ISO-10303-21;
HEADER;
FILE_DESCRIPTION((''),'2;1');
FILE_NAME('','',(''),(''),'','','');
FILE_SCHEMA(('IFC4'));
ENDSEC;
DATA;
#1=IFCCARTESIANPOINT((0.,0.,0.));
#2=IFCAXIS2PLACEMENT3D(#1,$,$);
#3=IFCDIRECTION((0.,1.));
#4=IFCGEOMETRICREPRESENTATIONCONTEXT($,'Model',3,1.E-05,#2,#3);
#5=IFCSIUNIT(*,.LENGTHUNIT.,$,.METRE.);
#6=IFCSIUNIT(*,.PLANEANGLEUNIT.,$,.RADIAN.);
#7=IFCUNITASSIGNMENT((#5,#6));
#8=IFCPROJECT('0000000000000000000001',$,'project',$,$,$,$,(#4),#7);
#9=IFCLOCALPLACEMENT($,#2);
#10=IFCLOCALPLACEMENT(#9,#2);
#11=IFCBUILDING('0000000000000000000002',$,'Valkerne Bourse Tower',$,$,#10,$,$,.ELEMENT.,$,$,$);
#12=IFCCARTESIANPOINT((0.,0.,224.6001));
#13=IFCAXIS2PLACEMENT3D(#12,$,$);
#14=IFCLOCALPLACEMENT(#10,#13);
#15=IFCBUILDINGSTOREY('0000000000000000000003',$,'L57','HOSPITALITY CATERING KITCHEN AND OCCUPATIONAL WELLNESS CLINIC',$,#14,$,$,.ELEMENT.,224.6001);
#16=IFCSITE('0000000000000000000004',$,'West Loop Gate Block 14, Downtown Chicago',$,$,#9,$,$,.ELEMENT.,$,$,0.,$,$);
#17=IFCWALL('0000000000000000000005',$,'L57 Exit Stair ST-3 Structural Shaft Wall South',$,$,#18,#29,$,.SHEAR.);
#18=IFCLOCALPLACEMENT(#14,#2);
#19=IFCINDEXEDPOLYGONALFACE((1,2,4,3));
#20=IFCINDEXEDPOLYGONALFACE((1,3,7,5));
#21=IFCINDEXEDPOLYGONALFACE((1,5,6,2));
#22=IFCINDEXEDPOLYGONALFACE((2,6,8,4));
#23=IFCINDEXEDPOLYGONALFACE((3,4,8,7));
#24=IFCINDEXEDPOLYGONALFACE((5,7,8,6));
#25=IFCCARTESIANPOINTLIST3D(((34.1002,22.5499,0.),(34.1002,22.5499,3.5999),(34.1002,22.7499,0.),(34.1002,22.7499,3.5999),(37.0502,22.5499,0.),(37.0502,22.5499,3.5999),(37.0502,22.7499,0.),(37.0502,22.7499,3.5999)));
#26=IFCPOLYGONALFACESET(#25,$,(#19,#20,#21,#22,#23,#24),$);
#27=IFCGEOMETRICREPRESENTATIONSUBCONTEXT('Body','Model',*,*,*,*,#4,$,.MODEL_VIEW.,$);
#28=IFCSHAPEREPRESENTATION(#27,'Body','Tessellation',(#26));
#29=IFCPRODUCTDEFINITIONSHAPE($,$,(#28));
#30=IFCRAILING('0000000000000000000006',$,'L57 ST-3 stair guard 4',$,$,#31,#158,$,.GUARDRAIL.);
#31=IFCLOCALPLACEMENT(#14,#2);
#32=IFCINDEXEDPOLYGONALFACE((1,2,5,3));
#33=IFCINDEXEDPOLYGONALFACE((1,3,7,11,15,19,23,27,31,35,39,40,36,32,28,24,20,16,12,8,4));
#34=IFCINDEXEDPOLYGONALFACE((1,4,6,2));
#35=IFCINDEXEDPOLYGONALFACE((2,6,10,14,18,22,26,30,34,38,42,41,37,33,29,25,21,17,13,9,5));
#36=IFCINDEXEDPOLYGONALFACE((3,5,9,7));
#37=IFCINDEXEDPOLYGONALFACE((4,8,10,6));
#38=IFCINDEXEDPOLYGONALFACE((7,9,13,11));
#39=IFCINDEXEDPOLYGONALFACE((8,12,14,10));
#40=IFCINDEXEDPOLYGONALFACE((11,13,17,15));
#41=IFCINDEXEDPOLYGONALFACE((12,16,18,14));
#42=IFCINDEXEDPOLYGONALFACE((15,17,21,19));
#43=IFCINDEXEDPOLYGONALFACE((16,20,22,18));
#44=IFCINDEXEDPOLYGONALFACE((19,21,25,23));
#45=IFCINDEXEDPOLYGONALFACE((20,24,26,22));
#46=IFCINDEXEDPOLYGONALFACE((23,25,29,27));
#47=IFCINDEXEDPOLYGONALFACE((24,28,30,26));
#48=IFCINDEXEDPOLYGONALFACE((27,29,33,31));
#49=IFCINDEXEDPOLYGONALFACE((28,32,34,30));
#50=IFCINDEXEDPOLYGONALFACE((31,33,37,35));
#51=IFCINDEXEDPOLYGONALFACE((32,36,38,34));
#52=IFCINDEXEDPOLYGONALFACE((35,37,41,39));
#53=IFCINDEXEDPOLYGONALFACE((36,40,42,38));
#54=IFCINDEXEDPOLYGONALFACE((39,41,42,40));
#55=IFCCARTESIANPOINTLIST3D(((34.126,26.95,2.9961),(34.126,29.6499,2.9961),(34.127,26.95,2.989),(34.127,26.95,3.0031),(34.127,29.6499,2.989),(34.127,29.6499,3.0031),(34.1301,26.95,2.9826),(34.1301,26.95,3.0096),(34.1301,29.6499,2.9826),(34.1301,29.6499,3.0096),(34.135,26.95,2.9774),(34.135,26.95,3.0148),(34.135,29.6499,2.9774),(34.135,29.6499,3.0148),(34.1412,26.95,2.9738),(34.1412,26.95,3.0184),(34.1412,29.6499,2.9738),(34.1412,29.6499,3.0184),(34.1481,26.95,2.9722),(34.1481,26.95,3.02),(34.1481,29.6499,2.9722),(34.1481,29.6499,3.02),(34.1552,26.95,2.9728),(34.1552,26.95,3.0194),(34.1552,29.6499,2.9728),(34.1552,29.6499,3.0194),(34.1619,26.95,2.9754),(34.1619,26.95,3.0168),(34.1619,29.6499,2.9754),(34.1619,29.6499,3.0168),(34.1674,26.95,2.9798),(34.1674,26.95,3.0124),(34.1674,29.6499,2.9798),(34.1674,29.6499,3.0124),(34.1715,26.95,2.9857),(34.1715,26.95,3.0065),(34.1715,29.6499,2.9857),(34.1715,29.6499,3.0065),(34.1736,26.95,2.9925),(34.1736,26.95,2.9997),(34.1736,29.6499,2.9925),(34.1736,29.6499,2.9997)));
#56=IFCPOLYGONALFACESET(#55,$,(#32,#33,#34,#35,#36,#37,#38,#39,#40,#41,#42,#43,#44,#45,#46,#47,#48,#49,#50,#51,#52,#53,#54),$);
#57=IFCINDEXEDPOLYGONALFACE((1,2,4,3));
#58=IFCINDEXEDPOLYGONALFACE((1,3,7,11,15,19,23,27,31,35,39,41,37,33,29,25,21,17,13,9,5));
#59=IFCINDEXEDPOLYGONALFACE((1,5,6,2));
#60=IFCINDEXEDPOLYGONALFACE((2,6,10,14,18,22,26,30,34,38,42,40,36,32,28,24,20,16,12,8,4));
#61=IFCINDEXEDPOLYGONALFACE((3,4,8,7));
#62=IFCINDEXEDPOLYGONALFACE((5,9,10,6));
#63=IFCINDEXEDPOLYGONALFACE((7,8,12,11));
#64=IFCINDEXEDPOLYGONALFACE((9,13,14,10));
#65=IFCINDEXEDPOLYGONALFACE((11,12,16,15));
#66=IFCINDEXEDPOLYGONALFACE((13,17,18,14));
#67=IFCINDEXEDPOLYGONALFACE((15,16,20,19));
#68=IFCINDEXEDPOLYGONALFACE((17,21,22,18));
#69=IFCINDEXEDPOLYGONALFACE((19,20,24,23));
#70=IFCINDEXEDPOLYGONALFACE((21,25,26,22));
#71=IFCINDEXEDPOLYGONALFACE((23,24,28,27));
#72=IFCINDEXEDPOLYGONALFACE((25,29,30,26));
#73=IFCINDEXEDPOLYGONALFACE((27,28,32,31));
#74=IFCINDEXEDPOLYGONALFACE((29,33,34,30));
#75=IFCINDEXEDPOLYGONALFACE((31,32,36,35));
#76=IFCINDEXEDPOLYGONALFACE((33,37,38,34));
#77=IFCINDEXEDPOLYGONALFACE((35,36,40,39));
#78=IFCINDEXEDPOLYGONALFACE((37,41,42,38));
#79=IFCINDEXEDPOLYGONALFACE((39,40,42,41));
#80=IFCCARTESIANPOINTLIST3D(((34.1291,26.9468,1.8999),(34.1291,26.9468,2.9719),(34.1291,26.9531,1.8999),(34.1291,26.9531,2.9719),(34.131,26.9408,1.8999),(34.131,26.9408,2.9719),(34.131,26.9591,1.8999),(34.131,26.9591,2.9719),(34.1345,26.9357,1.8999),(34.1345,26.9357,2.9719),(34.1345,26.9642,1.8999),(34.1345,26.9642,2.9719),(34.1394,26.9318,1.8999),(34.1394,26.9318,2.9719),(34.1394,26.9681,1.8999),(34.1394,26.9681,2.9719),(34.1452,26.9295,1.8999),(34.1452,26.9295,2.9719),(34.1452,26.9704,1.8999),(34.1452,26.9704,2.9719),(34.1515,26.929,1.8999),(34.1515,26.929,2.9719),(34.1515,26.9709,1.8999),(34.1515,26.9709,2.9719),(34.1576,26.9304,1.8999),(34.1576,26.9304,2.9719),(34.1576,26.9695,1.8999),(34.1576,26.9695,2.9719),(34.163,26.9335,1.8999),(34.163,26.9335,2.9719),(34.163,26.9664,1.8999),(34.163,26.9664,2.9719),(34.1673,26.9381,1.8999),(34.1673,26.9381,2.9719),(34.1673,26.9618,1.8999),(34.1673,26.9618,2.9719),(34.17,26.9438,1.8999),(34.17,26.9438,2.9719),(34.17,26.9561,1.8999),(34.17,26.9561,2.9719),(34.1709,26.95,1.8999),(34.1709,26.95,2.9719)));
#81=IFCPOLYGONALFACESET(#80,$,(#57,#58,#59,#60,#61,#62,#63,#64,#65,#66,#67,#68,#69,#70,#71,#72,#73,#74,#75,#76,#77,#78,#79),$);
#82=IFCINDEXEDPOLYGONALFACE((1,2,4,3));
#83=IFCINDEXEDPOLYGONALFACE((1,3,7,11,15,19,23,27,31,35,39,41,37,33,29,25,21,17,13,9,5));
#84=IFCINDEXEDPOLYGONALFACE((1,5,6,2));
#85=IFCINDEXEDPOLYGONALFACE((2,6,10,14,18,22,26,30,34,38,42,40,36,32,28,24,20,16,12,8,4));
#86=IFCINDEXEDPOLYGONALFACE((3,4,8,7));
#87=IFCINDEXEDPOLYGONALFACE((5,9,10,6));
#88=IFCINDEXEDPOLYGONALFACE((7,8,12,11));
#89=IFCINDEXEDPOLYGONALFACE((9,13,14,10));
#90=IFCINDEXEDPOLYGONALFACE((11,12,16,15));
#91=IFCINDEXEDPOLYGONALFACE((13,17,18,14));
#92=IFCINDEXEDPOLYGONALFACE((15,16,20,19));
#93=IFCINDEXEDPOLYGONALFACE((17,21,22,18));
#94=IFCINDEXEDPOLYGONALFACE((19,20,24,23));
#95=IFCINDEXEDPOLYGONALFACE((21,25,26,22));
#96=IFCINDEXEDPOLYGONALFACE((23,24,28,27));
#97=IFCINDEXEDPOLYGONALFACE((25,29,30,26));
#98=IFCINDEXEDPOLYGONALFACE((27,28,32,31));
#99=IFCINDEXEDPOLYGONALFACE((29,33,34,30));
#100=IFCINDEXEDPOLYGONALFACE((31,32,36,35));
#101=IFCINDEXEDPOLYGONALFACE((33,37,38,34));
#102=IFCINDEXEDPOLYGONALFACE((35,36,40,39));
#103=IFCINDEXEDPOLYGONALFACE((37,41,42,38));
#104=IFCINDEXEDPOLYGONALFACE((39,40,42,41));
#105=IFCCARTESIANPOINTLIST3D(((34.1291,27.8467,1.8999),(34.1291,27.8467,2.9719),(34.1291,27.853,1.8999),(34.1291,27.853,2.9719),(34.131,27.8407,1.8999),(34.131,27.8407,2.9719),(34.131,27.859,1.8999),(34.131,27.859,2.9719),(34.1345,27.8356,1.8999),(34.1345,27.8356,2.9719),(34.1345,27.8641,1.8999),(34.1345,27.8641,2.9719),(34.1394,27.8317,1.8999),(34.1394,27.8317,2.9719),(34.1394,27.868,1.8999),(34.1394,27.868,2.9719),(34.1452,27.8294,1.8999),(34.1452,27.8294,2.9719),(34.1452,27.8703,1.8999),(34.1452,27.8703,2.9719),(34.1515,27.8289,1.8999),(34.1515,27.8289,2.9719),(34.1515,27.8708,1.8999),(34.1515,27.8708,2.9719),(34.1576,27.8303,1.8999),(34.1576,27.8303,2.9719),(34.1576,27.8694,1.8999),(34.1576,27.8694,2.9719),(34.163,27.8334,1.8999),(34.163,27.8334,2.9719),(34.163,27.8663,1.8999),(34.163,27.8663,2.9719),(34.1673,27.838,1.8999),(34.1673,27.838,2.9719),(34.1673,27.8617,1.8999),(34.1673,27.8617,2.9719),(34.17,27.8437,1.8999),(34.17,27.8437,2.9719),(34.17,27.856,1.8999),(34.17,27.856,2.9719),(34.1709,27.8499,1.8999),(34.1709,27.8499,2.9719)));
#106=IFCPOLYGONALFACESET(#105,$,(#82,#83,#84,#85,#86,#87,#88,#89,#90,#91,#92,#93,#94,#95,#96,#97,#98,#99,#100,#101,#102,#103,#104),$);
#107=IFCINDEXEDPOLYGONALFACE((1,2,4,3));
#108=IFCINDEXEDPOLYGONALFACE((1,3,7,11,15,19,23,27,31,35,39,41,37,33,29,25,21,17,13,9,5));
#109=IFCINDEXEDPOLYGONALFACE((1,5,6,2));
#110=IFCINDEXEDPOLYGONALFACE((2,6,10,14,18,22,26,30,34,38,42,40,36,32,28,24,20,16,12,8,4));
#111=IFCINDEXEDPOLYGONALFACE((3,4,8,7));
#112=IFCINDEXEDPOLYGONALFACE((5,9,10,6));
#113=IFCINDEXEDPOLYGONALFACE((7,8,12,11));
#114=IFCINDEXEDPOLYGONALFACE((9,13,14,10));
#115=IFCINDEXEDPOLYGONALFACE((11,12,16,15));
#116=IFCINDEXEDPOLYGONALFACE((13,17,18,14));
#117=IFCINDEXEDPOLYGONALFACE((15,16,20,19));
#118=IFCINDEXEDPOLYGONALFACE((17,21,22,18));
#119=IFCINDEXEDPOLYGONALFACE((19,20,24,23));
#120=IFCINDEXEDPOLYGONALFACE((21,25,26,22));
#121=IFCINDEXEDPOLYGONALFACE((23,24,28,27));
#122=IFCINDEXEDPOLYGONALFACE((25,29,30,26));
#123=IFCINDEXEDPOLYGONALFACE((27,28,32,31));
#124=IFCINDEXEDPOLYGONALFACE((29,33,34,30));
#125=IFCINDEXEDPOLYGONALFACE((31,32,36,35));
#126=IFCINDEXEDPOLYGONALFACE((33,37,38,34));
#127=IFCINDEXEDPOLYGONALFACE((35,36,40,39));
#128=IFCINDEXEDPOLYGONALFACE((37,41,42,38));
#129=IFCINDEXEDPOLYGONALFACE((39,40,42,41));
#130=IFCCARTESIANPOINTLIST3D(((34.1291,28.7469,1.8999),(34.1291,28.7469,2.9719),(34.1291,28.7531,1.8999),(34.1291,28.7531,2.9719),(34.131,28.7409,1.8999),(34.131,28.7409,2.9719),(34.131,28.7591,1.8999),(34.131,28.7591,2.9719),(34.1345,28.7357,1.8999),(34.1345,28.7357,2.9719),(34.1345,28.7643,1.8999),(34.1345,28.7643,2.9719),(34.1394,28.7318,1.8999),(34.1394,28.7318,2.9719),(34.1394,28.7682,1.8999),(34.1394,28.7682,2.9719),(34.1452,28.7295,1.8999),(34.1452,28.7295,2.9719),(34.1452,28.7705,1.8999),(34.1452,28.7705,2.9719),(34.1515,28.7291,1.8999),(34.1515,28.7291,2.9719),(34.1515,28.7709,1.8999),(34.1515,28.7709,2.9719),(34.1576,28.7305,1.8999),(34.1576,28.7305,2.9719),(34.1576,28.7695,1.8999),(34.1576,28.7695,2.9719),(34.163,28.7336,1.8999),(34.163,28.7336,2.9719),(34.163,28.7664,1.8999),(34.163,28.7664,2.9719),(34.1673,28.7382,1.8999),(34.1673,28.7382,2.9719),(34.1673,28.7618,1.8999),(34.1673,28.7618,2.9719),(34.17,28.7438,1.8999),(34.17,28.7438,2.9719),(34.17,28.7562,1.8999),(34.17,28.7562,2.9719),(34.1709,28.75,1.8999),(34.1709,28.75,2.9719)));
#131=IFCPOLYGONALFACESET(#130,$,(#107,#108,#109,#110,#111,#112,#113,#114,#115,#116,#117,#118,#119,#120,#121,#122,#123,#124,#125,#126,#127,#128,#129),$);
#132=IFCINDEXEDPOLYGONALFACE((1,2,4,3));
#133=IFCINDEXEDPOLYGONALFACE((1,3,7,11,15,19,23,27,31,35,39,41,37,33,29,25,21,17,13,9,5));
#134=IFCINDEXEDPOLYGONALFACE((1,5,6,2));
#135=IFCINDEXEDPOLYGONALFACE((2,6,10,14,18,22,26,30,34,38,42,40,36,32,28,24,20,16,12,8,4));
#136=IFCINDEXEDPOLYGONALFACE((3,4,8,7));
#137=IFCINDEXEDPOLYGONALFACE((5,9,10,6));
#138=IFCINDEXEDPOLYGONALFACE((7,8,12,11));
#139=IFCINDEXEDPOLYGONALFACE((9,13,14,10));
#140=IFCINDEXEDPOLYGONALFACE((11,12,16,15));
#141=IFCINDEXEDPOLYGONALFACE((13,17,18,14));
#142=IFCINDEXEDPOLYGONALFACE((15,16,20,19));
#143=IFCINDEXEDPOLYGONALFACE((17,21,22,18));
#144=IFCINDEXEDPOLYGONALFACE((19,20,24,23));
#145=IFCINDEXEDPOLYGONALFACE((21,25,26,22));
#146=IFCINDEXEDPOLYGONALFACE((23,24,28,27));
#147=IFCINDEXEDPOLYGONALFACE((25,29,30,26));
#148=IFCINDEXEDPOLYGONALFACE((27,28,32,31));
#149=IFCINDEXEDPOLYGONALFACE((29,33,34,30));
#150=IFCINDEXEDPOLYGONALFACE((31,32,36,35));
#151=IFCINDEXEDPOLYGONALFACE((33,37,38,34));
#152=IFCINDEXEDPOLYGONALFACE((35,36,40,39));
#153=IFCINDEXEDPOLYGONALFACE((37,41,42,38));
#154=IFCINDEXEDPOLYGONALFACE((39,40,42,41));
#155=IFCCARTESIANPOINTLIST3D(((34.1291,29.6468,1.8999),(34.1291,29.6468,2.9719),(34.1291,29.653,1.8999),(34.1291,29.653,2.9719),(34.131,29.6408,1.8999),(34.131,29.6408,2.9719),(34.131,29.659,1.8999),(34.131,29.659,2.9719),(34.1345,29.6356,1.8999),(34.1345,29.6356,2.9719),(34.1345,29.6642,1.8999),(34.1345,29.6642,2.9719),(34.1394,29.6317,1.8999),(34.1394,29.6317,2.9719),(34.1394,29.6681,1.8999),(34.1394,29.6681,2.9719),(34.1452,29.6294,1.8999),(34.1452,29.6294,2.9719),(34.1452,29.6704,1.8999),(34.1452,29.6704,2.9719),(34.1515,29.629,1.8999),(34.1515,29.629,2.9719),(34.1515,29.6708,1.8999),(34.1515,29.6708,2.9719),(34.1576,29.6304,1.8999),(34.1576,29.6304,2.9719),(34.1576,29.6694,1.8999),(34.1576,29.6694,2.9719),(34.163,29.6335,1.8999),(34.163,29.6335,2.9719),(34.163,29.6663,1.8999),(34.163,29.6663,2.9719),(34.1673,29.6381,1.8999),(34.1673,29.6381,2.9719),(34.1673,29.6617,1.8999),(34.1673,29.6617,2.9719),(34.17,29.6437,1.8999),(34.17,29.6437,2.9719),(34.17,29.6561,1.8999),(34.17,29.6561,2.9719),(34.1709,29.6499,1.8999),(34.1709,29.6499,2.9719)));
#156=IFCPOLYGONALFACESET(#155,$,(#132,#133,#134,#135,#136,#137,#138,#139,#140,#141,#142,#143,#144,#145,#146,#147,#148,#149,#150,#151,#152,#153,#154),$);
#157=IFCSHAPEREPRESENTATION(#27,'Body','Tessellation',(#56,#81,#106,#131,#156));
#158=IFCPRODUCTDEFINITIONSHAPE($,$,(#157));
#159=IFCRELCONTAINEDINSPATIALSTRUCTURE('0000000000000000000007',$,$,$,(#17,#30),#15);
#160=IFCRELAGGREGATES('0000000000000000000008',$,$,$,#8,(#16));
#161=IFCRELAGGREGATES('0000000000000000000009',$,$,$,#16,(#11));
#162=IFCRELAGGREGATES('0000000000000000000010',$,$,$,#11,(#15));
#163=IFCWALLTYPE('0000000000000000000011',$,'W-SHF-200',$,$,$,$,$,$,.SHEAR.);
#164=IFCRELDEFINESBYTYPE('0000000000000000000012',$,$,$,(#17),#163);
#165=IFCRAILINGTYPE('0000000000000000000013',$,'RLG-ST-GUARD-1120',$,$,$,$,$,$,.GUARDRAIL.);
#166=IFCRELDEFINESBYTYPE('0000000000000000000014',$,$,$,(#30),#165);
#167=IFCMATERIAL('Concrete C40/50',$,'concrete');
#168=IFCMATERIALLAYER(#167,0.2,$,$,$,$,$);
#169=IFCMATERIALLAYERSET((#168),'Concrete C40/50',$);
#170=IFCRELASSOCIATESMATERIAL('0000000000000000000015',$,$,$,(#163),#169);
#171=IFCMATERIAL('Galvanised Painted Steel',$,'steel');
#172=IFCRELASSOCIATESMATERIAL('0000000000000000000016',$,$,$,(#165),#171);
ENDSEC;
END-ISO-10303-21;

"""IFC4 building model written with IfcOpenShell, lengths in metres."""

from ifc_helpers import new_model, si_unit, direction, frame, frame_2d, origin, origin_2d, place, context, subcontext, project, spatial, rectangle, circle, extrude, material, layer, layer_set, type_object, element, save


model = new_model("IFC4")

# Units and contexts
model_context = context("Model", 3, precision=1e-05, world=origin(), true_north=direction((0.0, 1.0)))
body_context = subcontext(model_context, "Body", "Model", "MODEL_VIEW")
ifc_project = project(units=[si_unit("LENGTHUNIT", "METRE"), si_unit("PLANEANGLEUNIT", "RADIAN")], contexts=[model_context])

# Site, building, storey
site_placement = place(None, origin())
site = spatial("IfcSite", under=ifc_project, at=site_placement, Name="West Loop Gate Block 14, Downtown Chicago", CompositionType="ELEMENT", RefElevation=0.0)
building_placement = place(site_placement, origin())
building = spatial("IfcBuilding", under=site, at=building_placement, Name="Valkerne Bourse Tower", CompositionType="ELEMENT")
storey_placement = place(building_placement, frame((0.0, 0.0, 224.6001)))
storey = spatial("IfcBuildingStorey", under=building, at=storey_placement, Name="L57", Description="HOSPITALITY CATERING KITCHEN AND OCCUPATIONAL WELLNESS CLINIC", CompositionType="ELEMENT", Elevation=224.6001)

# Shared definitions
ifc_material_1 = material(Name="Concrete C40/50", Category="concrete")
ifc_layer_1 = layer(ifc_material_1, 0.2)
ifc_layer_set_1 = layer_set([ifc_layer_1], Name="Concrete C40/50")
wall_type_1 = type_object("IfcWallType", Name="W-SHF-200", PredefinedType="SHEAR", material=ifc_layer_set_1)
ifc_material_2 = material(Name="Galvanised Painted Steel", Category="steel")

# Wall
wall_1_placement = place(storey_placement, frame((34.1001, 22.6499, 0.0), z_axis=(0.0, 0.0, 1.0), x_axis=(1.0, 0.0, 0.0)))
element("IfcWall", 1, at=wall_1_placement, inside=storey, type_object=wall_type_1, Name="L57 Exit Stair ST-3 Structural Shaft Wall South", PredefinedType="SHEAR", context=body_context, shape_type="SweptSolid", body=[
    extrude(rectangle(XDim=2.95, YDim=0.2, at=frame_2d((1.4751, 0.0))), origin(), (0.0, 0.0, 1.0), 3.5999),
])

# Railing
railing_type_1 = type_object("IfcRailingType", Name="RLG-ST-GUARD-1120", PredefinedType="GUARDRAIL", material=ifc_material_2)
railing_1_placement = place(storey_placement, frame((34.1499, 26.95, 1.8999)))
element("IfcRailing", 2, at=railing_1_placement, inside=storey, type_object=railing_type_1, Name="L57 ST-3 stair guard 4", PredefinedType="GUARDRAIL", context=body_context, shape_type="SweptSolid", body=[
    extrude(circle(Radius=0.0239, at=origin_2d()), frame((0.0, 0.0, 1.0962), z_axis=(0.0, 1.0, 0.0), x_axis=(-1.0, 0.0, 0.0)), (0.0, 0.0, 1.0), 2.7),
    extrude(circle(Radius=0.021, at=origin_2d()), origin(), (0.0, 0.0, 1.0), 1.072),
    extrude(circle(Radius=0.021, at=origin_2d()), frame((0.0, 0.8999, 0.0)), (0.0, 0.0, 1.0), 1.072),
    extrude(circle(Radius=0.021, at=origin_2d()), frame((0.0, 1.8, 0.0)), (0.0, 0.0, 1.0), 1.072),
    extrude(circle(Radius=0.021, at=origin_2d()), frame((0.0, 2.7, 0.0)), (0.0, 0.0, 1.0), 1.072),
])

save(model, "model.ifc")
